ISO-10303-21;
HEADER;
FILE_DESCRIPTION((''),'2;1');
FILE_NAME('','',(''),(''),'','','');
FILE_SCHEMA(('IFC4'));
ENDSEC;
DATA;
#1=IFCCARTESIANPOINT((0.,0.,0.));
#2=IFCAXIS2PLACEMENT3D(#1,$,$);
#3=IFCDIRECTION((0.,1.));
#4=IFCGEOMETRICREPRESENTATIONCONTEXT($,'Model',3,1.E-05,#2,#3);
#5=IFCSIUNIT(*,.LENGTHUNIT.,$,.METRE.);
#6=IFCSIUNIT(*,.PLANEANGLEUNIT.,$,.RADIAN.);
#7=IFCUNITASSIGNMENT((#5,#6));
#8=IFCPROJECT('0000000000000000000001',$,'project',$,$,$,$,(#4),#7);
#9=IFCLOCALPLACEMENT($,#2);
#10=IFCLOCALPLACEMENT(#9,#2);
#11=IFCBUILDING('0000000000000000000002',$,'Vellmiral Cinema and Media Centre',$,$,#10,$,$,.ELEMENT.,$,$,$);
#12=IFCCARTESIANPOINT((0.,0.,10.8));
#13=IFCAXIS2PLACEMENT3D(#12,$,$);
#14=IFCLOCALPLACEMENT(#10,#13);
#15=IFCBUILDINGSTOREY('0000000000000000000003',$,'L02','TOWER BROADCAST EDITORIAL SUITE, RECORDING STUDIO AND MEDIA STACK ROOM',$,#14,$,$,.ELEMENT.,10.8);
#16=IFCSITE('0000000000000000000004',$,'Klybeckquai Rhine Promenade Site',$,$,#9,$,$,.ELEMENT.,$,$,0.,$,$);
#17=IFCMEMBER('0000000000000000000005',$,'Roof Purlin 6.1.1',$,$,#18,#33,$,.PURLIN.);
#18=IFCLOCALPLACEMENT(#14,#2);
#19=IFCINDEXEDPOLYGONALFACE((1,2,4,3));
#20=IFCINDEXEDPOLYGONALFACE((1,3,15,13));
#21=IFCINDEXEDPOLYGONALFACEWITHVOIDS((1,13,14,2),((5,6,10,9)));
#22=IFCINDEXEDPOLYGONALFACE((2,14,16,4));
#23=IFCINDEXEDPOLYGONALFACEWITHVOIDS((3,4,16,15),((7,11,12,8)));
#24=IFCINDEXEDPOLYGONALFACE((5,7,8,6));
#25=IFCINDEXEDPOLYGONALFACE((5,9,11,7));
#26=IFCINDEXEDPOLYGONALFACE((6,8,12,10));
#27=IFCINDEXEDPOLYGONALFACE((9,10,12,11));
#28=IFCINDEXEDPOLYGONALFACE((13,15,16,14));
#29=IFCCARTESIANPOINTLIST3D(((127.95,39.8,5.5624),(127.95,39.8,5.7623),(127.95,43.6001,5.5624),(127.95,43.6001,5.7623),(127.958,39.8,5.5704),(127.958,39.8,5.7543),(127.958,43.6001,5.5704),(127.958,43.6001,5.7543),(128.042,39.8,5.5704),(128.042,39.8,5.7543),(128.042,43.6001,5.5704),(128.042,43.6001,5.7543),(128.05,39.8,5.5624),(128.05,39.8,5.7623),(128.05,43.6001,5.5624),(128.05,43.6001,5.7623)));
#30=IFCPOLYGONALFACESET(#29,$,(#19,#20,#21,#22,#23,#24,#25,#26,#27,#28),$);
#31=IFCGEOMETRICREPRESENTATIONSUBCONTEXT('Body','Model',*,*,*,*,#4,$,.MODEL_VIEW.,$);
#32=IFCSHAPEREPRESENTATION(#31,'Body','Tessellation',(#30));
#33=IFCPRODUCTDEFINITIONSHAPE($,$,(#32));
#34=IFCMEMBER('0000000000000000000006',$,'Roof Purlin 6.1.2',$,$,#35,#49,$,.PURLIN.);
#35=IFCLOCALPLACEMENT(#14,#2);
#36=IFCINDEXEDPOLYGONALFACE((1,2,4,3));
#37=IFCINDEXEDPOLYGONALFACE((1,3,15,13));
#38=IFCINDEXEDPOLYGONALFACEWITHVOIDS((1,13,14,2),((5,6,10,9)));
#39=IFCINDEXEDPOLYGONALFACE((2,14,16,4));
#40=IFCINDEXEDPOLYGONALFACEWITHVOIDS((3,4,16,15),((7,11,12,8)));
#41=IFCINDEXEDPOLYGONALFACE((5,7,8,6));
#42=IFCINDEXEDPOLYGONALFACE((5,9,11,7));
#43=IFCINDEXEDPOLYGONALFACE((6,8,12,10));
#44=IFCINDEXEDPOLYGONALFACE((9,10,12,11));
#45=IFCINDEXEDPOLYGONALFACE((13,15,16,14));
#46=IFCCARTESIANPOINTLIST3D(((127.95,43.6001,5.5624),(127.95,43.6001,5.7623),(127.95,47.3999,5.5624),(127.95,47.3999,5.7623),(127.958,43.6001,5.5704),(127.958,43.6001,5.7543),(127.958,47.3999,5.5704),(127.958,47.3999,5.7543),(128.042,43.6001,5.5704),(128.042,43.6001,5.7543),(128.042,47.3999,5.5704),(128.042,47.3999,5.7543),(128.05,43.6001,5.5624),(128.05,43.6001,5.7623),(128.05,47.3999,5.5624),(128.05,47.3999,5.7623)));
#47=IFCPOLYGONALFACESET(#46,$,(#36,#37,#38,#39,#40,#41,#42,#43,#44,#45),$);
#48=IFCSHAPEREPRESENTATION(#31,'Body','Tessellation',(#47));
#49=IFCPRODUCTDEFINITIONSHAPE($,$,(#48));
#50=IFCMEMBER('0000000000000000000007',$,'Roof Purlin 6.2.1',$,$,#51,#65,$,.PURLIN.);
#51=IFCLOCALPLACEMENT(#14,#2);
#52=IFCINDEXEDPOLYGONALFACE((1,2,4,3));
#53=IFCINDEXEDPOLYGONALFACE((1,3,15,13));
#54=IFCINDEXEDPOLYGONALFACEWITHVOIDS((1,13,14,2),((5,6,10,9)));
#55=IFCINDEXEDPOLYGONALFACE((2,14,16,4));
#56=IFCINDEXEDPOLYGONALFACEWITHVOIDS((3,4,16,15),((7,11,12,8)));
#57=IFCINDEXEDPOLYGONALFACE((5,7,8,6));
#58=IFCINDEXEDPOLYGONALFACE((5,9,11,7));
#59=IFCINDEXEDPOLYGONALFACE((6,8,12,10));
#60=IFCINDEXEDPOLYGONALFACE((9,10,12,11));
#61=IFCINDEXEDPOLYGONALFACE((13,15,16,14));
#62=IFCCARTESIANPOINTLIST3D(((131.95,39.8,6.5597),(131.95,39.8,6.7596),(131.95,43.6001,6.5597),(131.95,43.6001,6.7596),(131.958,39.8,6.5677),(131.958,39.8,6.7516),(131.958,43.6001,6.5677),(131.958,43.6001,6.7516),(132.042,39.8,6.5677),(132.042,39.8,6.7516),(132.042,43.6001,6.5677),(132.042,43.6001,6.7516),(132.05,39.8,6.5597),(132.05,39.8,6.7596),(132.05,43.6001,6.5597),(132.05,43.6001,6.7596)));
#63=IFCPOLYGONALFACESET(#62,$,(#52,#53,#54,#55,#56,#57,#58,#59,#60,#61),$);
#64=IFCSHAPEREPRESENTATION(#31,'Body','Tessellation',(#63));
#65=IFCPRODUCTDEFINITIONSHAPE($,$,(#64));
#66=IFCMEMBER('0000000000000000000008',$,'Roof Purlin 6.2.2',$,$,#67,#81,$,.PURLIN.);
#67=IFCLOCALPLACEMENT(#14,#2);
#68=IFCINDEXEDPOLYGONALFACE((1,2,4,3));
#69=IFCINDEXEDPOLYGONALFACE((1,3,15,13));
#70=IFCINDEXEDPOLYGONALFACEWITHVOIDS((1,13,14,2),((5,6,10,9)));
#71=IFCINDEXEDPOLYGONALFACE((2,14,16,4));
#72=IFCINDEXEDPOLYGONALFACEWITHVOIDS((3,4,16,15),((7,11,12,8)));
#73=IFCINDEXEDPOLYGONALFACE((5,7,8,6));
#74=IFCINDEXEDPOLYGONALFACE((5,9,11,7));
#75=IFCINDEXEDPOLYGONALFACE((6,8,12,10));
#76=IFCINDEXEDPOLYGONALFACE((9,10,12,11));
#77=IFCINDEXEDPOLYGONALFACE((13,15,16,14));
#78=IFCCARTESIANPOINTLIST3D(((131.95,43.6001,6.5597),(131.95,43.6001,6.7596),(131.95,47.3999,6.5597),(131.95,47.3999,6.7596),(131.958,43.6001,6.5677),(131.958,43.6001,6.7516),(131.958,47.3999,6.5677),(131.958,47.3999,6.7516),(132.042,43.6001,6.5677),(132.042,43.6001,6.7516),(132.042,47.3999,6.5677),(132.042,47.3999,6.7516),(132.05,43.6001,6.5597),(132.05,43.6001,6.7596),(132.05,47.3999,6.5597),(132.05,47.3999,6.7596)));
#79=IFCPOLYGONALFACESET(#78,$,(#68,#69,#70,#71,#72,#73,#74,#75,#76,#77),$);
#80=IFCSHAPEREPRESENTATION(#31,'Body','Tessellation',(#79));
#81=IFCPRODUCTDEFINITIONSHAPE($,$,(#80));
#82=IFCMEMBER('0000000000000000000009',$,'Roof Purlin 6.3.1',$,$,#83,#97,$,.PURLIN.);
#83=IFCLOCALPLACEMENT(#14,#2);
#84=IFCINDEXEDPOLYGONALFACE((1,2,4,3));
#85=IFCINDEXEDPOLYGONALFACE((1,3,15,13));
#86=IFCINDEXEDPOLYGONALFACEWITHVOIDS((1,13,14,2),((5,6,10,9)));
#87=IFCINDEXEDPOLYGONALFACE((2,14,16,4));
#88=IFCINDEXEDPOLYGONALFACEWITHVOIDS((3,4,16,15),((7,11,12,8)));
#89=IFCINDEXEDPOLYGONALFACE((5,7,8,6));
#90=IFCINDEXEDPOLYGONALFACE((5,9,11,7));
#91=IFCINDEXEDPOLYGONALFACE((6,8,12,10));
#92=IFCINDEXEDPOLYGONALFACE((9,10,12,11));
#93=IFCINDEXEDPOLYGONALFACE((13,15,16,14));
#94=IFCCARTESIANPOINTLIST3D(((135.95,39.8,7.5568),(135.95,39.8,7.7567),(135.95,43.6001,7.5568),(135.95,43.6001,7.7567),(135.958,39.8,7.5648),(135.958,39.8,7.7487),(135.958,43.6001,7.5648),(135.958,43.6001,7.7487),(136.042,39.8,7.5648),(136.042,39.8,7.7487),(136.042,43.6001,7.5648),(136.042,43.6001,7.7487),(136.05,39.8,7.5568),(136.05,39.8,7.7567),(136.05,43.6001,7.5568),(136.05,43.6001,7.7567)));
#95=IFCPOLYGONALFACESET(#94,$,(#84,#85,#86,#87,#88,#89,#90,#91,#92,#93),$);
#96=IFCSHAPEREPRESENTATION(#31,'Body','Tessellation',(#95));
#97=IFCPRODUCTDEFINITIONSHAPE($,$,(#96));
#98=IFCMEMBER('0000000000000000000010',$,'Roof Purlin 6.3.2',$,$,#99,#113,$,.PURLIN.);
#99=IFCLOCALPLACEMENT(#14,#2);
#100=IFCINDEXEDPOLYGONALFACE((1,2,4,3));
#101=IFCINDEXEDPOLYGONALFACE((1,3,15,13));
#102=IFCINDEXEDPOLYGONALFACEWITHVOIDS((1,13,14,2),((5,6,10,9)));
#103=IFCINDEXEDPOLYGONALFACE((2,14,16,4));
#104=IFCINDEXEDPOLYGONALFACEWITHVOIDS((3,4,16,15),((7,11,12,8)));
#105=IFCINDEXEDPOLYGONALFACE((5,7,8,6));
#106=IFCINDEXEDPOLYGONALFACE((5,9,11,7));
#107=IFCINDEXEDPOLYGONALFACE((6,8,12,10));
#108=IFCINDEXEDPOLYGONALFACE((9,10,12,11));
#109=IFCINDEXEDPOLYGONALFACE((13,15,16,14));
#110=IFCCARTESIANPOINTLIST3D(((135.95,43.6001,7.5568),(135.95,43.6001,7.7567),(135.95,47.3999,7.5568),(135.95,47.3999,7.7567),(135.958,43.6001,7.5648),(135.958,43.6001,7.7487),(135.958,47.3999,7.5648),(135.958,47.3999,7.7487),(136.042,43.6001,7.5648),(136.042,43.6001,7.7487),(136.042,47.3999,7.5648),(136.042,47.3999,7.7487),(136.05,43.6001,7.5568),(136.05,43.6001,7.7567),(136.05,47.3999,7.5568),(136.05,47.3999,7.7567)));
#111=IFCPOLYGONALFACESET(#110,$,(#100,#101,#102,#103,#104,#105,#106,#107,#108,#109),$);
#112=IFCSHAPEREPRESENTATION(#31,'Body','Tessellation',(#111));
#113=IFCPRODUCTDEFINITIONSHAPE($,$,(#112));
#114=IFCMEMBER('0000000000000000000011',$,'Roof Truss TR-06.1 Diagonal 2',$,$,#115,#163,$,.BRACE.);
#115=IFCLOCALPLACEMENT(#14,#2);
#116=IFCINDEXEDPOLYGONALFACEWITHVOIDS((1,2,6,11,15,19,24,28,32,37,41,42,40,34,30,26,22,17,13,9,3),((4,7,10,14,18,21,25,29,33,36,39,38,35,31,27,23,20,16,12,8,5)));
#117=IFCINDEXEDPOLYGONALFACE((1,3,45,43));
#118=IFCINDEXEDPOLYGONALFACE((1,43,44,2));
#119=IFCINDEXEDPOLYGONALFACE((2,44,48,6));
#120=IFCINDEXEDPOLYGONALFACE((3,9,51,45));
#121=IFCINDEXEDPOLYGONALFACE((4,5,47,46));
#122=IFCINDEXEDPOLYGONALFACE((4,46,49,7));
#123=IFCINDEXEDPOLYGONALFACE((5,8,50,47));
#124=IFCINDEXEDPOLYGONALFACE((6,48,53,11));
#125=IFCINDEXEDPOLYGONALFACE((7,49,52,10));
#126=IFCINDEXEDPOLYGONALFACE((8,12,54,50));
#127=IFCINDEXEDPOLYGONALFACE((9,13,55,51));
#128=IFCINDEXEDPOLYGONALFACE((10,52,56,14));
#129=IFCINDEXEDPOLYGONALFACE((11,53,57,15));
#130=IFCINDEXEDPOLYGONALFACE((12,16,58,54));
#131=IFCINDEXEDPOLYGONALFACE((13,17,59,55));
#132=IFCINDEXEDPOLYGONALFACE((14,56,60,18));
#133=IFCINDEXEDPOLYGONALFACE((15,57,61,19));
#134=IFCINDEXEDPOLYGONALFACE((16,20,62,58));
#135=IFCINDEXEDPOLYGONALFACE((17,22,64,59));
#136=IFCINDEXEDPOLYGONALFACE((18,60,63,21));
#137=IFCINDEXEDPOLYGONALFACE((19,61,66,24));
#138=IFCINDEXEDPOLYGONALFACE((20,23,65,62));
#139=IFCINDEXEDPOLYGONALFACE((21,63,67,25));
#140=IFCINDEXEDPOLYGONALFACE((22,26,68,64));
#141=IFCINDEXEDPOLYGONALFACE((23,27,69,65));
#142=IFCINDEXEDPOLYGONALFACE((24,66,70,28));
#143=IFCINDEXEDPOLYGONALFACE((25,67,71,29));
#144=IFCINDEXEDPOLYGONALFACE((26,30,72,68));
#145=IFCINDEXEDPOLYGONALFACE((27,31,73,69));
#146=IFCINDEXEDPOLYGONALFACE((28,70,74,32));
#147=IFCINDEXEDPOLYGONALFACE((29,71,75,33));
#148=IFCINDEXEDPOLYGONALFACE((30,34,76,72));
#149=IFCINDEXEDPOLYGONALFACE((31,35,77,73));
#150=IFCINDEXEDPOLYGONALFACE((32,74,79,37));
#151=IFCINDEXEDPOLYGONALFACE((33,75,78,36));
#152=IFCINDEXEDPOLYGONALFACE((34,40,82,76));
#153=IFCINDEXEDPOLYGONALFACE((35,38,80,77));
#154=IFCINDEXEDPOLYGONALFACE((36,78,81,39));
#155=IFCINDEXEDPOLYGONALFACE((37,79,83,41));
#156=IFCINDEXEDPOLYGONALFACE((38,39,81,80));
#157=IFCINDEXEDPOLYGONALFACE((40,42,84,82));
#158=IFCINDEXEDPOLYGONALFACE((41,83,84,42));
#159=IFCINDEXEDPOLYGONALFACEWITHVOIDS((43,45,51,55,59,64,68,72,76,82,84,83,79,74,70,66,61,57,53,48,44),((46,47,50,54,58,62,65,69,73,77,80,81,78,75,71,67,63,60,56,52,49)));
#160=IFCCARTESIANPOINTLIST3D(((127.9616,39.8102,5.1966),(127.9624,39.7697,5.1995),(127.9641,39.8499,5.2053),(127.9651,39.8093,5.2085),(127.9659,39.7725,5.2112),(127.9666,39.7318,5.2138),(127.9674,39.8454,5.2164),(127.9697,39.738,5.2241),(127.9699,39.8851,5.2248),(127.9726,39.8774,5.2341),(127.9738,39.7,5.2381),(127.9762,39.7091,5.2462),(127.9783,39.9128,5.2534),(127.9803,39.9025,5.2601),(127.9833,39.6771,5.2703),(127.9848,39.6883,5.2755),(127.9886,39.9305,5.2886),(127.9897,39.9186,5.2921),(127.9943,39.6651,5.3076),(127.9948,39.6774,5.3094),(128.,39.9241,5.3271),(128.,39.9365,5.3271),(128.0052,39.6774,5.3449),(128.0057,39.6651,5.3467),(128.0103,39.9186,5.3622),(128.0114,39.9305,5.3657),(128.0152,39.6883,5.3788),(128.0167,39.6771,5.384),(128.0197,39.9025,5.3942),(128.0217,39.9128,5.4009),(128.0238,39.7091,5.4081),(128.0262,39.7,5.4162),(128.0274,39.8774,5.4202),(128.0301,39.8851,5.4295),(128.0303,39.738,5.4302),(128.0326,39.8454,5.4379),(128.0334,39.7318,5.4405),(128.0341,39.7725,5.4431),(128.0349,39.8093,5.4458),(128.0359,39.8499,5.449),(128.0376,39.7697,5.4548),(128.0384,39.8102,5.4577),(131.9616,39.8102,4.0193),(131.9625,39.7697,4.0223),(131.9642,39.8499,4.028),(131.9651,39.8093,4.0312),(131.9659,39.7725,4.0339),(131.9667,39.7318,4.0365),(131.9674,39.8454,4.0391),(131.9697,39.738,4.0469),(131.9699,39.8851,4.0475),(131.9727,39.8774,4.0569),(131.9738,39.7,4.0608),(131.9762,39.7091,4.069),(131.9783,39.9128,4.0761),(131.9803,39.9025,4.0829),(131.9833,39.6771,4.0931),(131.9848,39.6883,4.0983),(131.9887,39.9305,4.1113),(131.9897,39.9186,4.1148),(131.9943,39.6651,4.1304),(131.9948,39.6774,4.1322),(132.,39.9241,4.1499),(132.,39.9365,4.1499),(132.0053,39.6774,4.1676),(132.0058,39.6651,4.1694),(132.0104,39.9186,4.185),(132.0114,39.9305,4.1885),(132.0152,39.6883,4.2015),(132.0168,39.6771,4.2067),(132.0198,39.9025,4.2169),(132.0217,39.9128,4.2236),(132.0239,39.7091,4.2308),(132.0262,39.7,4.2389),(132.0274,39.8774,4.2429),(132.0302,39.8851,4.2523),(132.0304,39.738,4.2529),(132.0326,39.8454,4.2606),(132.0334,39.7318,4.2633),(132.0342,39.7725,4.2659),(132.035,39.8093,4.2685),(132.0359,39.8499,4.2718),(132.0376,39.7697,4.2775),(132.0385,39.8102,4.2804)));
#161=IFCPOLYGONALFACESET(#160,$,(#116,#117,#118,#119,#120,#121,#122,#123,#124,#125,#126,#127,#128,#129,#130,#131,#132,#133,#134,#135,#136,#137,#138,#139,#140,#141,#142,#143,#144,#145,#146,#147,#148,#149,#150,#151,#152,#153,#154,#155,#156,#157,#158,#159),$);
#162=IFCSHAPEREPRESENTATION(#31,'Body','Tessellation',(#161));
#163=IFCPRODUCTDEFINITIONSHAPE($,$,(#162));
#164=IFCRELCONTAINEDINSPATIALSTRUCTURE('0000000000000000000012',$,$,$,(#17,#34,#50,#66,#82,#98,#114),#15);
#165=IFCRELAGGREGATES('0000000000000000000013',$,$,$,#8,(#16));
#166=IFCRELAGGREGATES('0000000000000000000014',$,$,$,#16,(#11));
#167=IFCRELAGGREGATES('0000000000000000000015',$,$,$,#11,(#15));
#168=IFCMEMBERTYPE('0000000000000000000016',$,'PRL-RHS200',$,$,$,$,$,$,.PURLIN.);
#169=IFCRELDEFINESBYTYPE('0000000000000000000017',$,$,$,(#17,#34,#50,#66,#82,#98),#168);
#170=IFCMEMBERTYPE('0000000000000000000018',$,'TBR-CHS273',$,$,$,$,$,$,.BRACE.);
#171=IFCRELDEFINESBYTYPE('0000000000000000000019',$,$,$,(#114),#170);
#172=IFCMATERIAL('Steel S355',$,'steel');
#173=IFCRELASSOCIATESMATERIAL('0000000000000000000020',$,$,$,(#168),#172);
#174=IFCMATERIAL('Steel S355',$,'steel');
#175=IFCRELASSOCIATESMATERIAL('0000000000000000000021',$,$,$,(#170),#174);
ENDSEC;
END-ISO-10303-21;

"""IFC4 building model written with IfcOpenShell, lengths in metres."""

from ifc_helpers import new_model, si_unit, direction, frame, origin, origin_2d, place, context, subcontext, project, spatial, hollow_rectangle, hollow_circle, extrude, material, material_profile, profile_set, type_object, element, save


model = new_model("IFC4")

# Units and contexts
model_context = context("Model", 3, precision=1e-05, world=origin(), true_north=direction((0.0, 1.0)))
body_context = subcontext(model_context, "Body", "Model", "MODEL_VIEW")
ifc_project = project(units=[si_unit("LENGTHUNIT", "METRE"), si_unit("PLANEANGLEUNIT", "RADIAN")], contexts=[model_context])

# Site, building, storey
site_placement = place(None, origin())
site = spatial("IfcSite", under=ifc_project, at=site_placement, Name="Klybeckquai Rhine Promenade Site", CompositionType="ELEMENT", RefElevation=0.0)
building_placement = place(site_placement, origin())
building = spatial("IfcBuilding", under=site, at=building_placement, Name="Vellmiral Cinema and Media Centre", CompositionType="ELEMENT")
storey_placement = place(building_placement, frame((0.0, 0.0, 10.8)))
storey = spatial("IfcBuildingStorey", under=building, at=storey_placement, Name="L02", Description="TOWER BROADCAST EDITORIAL SUITE, RECORDING STUDIO AND MEDIA STACK ROOM", CompositionType="ELEMENT", Elevation=10.8)

# Members
ifc_material_1 = material(Name="Steel S355", Category="steel")
ifc_material_profile_1 = material_profile(ifc_material_1, hollow_rectangle(XDim=0.1001, YDim=0.2, WallThickness=0.0081, at=origin_2d()), Name="RHS 200x100x8.0")
ifc_profile_set_1 = profile_set([ifc_material_profile_1], Name="Steel S355")
member_type_1 = type_object("IfcMemberType", Name="PRL-RHS200", PredefinedType="PURLIN", material=ifc_profile_set_1)
member_1_placement = place(storey_placement, frame((128.0, 39.8, 5.6624), z_axis=(0.0, 1.0, 0.0), x_axis=(-1.0, 0.0, 0.0)))
element("IfcMember", 1, at=member_1_placement, inside=storey, type_object=member_type_1, Name="Roof Purlin 6.1.1", PredefinedType="PURLIN", context=body_context, shape_type="SweptSolid", body=[
    extrude(hollow_rectangle(XDim=0.1001, YDim=0.2, WallThickness=0.0081, at=origin_2d()), origin(), (0.0, 0.0, 1.0), 3.8),
])
member_2_placement = place(storey_placement, frame((128.0, 43.6001, 5.6624), z_axis=(0.0, 1.0, 0.0), x_axis=(-1.0, 0.0, 0.0)))
element("IfcMember", 2, at=member_2_placement, inside=storey, type_object=member_type_1, Name="Roof Purlin 6.1.2", PredefinedType="PURLIN", context=body_context, shape_type="SweptSolid", body=[
    extrude(hollow_rectangle(XDim=0.1001, YDim=0.2, WallThickness=0.0081, at=origin_2d()), origin(), (0.0, 0.0, 1.0), 3.7998),
])
member_3_placement = place(storey_placement, frame((132.0, 39.8, 6.6597), z_axis=(0.0, 1.0, 0.0), x_axis=(-1.0, 0.0, 0.0)))
element("IfcMember", 3, at=member_3_placement, inside=storey, type_object=member_type_1, Name="Roof Purlin 6.2.1", PredefinedType="PURLIN", context=body_context, shape_type="SweptSolid", body=[
    extrude(hollow_rectangle(XDim=0.1001, YDim=0.2, WallThickness=0.0081, at=origin_2d()), origin(), (0.0, 0.0, 1.0), 3.8),
])
member_4_placement = place(storey_placement, frame((132.0, 43.6001, 6.6597), z_axis=(0.0, 1.0, 0.0), x_axis=(-1.0, 0.0, 0.0)))
element("IfcMember", 4, at=member_4_placement, inside=storey, type_object=member_type_1, Name="Roof Purlin 6.2.2", PredefinedType="PURLIN", context=body_context, shape_type="SweptSolid", body=[
    extrude(hollow_rectangle(XDim=0.1001, YDim=0.2, WallThickness=0.0081, at=origin_2d()), origin(), (0.0, 0.0, 1.0), 3.7998),
])
member_5_placement = place(storey_placement, frame((136.0, 39.8, 7.6567), z_axis=(0.0, 1.0, 0.0), x_axis=(-1.0, 0.0, 0.0)))
element("IfcMember", 5, at=member_5_placement, inside=storey, type_object=member_type_1, Name="Roof Purlin 6.3.1", PredefinedType="PURLIN", context=body_context, shape_type="SweptSolid", body=[
    extrude(hollow_rectangle(XDim=0.1001, YDim=0.2, WallThickness=0.0081, at=origin_2d()), origin(), (0.0, 0.0, 1.0), 3.8),
])
member_6_placement = place(storey_placement, frame((136.0, 43.6001, 7.6567), z_axis=(0.0, 1.0, 0.0), x_axis=(-1.0, 0.0, 0.0)))
element("IfcMember", 6, at=member_6_placement, inside=storey, type_object=member_type_1, Name="Roof Purlin 6.3.2", PredefinedType="PURLIN", context=body_context, shape_type="SweptSolid", body=[
    extrude(hollow_rectangle(XDim=0.1001, YDim=0.2, WallThickness=0.0081, at=origin_2d()), origin(), (0.0, 0.0, 1.0), 3.7998),
])
ifc_material_2 = material(Name="Steel S355", Category="steel")
ifc_material_profile_2 = material_profile(ifc_material_2, hollow_circle(Radius=0.1365, WallThickness=0.0125, at=origin_2d()), Name="CHS 273.0x12.5")
ifc_profile_set_2 = profile_set([ifc_material_profile_2], Name="Steel S355")
member_type_2 = type_object("IfcMemberType", Name="TBR-CHS273", PredefinedType="BRACE", material=ifc_profile_set_2)
member_7_placement = place(storey_placement, frame((128.0, 39.8, 5.3271), z_axis=(0.959315, 0.0, -0.282338), x_axis=(0.0, 1.0, 0.0)))
element("IfcMember", 7, at=member_7_placement, inside=storey, type_object=member_type_2, Name="Roof Truss TR-06.1 Diagonal 2", PredefinedType="BRACE", context=body_context, shape_type="SweptSolid", body=[
    extrude(hollow_circle(Radius=0.1365, WallThickness=0.0125, at=origin_2d()), origin(), (0.0, 0.0, 1.0), 4.1697),
])

save(model, "model.ifc")
